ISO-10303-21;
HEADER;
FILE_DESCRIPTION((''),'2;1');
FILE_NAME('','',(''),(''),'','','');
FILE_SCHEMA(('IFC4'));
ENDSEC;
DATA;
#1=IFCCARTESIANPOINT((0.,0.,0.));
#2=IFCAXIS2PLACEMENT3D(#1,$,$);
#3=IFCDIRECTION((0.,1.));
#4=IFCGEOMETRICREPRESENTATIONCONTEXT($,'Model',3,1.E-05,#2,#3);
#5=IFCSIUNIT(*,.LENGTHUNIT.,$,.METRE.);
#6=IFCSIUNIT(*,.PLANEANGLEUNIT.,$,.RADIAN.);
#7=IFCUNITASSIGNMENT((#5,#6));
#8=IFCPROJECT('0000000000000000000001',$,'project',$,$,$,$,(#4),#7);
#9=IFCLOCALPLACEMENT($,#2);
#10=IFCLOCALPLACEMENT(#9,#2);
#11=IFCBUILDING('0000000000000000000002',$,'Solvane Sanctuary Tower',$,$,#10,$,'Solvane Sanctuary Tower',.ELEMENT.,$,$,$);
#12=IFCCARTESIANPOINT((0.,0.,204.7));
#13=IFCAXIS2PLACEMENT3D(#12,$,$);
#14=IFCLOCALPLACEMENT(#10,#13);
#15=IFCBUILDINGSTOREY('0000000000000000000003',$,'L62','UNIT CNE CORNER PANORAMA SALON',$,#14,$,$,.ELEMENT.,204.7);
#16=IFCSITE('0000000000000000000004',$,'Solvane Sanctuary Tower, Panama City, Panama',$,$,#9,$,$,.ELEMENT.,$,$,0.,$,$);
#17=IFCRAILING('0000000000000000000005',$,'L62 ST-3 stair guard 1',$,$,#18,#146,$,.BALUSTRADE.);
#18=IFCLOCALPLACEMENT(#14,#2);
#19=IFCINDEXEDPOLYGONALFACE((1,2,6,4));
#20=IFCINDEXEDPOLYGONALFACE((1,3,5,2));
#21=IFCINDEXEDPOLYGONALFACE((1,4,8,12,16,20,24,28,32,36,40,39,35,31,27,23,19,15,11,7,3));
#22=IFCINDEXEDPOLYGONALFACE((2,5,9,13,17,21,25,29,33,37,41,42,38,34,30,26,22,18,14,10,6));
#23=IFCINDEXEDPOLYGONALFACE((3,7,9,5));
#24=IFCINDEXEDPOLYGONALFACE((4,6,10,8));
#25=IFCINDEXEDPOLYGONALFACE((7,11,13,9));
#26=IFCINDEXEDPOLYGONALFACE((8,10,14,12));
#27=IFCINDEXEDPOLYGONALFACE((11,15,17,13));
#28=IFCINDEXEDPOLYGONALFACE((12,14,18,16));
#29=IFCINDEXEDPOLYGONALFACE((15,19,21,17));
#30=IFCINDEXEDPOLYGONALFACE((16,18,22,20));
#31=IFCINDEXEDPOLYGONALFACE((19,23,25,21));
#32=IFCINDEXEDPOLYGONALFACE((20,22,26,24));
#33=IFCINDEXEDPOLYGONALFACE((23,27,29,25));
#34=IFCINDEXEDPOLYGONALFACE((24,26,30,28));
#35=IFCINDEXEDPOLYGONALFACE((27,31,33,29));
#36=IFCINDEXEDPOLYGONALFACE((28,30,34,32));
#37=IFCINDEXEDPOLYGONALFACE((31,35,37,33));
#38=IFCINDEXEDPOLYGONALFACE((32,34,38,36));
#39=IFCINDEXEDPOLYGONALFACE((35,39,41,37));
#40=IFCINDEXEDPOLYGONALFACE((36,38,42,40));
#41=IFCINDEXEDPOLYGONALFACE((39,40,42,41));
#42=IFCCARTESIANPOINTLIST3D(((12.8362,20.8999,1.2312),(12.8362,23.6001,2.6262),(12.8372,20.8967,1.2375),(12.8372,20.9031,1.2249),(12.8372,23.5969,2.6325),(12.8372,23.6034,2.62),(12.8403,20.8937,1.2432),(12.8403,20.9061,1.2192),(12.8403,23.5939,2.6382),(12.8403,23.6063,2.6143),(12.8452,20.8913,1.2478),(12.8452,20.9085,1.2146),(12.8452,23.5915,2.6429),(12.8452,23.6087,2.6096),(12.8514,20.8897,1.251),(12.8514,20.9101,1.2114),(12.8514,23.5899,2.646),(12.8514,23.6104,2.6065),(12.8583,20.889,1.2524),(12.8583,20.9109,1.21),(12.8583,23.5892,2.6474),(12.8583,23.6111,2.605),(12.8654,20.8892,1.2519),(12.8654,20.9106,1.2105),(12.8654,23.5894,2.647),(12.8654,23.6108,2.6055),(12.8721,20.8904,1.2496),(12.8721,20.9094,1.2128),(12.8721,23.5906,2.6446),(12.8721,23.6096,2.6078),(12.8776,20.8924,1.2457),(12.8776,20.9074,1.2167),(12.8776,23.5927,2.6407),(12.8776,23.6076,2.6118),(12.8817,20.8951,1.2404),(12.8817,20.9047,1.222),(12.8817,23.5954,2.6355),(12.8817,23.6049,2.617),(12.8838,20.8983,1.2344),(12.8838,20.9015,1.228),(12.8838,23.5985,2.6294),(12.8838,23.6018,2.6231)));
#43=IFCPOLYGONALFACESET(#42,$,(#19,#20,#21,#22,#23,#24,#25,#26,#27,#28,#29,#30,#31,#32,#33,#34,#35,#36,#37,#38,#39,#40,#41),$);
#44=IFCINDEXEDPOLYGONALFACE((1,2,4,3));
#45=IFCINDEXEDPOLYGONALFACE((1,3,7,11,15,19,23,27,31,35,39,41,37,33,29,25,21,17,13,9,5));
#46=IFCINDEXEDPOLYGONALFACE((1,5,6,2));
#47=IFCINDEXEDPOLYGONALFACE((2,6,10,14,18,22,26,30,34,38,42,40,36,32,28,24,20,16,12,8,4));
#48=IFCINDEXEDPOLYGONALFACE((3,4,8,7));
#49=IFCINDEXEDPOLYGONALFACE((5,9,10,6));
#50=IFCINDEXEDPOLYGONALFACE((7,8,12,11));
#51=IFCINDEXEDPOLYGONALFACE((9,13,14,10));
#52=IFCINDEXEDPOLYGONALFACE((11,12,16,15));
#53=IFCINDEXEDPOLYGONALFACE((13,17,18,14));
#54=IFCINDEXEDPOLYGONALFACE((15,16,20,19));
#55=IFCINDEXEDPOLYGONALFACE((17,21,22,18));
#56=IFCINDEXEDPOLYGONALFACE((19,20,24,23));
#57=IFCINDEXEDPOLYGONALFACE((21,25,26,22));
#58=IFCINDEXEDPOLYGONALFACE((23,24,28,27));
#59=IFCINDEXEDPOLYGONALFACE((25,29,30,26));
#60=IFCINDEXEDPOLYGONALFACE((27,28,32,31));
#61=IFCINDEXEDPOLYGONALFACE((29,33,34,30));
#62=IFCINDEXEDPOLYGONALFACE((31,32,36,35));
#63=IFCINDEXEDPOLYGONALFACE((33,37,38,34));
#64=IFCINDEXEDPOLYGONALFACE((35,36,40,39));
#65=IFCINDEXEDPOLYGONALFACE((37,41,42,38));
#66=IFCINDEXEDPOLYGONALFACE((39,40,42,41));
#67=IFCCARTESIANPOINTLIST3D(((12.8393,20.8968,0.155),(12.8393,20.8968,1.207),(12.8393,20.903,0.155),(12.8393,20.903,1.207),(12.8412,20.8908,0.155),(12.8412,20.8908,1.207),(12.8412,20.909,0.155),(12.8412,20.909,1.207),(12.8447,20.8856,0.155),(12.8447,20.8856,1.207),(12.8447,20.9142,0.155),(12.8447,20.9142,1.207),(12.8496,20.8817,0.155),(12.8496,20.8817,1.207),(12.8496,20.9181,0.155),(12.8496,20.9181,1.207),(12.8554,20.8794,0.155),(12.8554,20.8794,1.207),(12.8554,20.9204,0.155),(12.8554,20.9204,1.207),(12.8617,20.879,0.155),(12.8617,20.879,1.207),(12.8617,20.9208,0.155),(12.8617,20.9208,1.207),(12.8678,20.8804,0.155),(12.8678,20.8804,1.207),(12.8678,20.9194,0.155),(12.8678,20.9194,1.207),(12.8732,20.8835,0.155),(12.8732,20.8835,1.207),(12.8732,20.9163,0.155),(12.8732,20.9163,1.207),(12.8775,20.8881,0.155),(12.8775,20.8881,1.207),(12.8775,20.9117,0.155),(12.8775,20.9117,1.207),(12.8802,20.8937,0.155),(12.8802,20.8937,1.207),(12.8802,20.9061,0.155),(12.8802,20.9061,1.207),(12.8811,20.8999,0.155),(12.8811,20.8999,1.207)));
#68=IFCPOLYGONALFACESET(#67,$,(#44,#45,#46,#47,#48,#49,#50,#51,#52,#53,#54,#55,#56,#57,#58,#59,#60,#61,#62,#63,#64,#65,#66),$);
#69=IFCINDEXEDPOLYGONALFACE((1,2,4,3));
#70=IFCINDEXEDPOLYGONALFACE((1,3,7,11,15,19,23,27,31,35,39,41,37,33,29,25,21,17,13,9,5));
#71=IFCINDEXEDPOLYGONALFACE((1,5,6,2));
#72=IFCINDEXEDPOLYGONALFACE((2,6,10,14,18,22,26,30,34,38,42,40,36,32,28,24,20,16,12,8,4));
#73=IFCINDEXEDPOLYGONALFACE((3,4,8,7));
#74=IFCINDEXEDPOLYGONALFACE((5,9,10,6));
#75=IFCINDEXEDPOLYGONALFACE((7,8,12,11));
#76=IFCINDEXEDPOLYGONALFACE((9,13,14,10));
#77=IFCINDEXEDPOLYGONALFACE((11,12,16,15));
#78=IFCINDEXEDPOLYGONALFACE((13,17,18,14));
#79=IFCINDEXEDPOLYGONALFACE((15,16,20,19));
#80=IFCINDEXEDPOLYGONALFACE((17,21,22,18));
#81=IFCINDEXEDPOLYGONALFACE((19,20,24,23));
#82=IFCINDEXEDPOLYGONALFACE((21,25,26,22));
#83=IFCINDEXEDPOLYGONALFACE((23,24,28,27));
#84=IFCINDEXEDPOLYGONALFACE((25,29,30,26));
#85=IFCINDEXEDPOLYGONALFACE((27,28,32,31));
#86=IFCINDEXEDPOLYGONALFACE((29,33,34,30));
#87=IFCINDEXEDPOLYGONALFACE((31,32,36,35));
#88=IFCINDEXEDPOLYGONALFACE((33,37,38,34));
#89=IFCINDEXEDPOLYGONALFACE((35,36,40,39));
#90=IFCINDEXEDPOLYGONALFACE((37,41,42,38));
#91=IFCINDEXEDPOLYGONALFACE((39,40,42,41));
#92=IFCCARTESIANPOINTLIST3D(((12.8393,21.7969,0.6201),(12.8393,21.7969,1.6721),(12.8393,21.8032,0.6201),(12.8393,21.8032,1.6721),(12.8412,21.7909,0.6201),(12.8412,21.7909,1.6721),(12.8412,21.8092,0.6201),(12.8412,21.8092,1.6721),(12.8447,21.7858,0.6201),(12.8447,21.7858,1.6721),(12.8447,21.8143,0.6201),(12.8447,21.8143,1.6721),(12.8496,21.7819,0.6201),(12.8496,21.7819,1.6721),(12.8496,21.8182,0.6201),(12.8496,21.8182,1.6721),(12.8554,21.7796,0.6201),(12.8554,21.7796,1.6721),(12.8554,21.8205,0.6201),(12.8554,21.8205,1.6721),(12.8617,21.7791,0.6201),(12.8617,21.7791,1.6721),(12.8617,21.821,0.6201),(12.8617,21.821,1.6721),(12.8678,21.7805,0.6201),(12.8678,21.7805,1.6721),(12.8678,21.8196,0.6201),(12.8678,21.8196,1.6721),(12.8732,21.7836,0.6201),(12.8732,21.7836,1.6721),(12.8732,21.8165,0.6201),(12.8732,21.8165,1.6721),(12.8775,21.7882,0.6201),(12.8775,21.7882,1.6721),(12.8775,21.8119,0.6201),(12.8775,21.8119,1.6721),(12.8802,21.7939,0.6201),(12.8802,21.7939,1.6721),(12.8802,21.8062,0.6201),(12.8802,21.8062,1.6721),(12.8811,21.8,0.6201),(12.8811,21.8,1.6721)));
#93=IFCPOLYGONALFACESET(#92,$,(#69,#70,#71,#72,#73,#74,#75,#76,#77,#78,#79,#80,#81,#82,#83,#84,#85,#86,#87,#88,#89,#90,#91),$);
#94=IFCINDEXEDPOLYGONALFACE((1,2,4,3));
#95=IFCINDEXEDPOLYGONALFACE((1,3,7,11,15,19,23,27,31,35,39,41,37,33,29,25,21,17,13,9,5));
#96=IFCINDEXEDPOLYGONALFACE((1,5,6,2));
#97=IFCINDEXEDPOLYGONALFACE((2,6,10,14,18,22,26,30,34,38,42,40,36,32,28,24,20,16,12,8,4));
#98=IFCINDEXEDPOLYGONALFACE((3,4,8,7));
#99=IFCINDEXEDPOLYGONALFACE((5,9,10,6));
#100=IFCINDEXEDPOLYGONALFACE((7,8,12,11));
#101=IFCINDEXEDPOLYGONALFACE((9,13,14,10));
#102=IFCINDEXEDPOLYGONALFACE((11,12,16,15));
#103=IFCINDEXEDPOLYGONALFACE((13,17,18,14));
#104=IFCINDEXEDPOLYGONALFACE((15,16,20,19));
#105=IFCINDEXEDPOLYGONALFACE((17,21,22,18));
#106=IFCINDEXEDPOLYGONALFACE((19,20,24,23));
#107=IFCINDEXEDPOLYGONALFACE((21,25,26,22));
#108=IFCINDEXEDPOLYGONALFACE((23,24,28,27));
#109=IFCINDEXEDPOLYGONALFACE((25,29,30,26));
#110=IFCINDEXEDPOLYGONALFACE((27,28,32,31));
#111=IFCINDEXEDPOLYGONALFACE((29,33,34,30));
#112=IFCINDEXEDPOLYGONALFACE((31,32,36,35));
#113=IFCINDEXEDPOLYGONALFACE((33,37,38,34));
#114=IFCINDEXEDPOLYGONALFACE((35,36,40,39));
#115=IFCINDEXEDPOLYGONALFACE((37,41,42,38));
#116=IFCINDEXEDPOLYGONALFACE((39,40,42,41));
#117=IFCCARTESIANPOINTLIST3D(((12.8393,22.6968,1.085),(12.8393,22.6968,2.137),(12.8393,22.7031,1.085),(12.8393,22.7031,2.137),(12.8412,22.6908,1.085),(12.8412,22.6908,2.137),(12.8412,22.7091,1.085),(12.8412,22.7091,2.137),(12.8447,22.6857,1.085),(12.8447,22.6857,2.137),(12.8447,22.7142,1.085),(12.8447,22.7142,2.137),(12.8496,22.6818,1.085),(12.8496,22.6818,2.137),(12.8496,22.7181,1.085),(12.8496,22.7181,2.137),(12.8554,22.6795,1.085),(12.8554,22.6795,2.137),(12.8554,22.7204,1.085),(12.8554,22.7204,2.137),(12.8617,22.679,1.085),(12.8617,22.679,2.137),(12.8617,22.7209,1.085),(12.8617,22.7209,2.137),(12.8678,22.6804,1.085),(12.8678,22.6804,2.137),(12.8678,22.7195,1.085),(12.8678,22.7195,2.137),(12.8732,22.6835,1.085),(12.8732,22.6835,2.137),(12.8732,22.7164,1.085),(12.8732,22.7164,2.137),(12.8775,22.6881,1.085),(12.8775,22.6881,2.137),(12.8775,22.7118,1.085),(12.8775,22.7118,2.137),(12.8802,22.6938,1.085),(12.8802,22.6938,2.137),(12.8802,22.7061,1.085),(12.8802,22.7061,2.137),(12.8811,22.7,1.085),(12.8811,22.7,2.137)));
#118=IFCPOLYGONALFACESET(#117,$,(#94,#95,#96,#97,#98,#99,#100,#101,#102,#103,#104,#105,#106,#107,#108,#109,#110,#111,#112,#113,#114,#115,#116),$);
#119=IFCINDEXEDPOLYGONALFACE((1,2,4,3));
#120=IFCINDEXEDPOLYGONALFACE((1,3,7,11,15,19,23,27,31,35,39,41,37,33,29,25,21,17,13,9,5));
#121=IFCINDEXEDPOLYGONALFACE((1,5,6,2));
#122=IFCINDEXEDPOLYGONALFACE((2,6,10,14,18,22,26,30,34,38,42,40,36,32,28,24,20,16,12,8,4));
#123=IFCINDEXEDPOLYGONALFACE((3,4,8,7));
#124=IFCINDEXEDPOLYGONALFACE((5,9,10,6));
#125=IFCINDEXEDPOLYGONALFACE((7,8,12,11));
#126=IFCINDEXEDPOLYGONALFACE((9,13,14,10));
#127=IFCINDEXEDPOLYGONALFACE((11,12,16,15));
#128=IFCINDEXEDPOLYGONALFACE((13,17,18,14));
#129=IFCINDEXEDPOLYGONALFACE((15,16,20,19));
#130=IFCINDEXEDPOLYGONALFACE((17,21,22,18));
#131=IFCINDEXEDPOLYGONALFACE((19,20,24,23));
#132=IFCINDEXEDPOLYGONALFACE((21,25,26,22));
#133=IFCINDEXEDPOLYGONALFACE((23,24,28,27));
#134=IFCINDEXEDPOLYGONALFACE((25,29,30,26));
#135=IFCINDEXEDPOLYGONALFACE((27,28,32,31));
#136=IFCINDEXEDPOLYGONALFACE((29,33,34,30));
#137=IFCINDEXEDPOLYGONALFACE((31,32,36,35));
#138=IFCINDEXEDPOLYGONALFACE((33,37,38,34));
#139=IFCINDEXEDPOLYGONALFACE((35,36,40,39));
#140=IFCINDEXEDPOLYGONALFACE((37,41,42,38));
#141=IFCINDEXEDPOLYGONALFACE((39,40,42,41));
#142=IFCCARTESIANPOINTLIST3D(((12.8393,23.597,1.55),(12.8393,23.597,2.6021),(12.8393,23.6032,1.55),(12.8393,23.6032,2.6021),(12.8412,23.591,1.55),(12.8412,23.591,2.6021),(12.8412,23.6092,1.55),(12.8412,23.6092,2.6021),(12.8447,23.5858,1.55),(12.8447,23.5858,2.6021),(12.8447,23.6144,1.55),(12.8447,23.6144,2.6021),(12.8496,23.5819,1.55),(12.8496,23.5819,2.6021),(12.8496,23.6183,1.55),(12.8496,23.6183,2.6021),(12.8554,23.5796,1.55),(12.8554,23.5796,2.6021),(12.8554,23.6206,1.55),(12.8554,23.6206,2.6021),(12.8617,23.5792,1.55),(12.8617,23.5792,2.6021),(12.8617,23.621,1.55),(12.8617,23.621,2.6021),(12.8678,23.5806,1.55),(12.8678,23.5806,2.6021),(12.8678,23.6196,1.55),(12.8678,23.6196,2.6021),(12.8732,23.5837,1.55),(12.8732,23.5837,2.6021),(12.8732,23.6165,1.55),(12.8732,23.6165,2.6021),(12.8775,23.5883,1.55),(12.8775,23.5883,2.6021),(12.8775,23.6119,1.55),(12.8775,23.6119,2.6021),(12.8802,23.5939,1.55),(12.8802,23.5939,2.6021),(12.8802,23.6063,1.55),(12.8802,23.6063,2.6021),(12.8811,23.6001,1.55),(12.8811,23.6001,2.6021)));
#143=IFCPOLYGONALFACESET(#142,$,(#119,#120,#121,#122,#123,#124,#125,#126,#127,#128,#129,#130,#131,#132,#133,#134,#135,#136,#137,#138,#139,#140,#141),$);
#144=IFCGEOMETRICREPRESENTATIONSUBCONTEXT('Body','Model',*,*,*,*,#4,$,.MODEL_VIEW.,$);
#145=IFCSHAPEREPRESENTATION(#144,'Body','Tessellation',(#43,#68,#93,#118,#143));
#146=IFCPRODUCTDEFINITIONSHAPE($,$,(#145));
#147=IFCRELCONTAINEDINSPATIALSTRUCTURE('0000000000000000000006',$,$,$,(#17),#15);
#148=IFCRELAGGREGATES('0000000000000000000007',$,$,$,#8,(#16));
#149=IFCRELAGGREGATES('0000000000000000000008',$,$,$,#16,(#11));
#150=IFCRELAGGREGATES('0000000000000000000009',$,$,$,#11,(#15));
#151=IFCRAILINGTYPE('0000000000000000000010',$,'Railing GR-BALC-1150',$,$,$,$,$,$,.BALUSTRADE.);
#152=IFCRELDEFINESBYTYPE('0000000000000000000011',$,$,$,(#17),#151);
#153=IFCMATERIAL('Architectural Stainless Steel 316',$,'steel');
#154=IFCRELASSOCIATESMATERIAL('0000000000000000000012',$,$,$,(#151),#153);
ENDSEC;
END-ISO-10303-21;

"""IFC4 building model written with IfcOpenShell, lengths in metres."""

from ifc_helpers import new_model, si_unit, direction, frame, origin, origin_2d, place, context, subcontext, project, spatial, circle, extrude, material, type_object, element, save


model = new_model("IFC4")

# Units and contexts
model_context = context("Model", 3, precision=1e-05, world=origin(), true_north=direction((0.0, 1.0)))
body_context = subcontext(model_context, "Body", "Model", "MODEL_VIEW")
ifc_project = project(units=[si_unit("LENGTHUNIT", "METRE"), si_unit("PLANEANGLEUNIT", "RADIAN")], contexts=[model_context])

# Site, building, storey
site_placement = place(None, origin())
site = spatial("IfcSite", under=ifc_project, at=site_placement, Name="Solvane Sanctuary Tower, Panama City, Panama", CompositionType="ELEMENT", RefElevation=0.0)
building_placement = place(site_placement, origin())
building = spatial("IfcBuilding", under=site, at=building_placement, Name="Solvane Sanctuary Tower", LongName="Solvane Sanctuary Tower", CompositionType="ELEMENT")
storey_placement = place(building_placement, frame((0.0, 0.0, 204.7)))
storey = spatial("IfcBuildingStorey", under=building, at=storey_placement, Name="L62", Description="UNIT CNE CORNER PANORAMA SALON", CompositionType="ELEMENT", Elevation=204.7)

# Railing
ifc_material_1 = material(Name="Architectural Stainless Steel 316", Category="steel")
railing_type_1 = type_object("IfcRailingType", Name="Railing GR-BALC-1150", PredefinedType="BALUSTRADE", material=ifc_material_1)
railing_1_placement = place(storey_placement, frame((12.8601, 20.8999, 0.155)))
element("IfcRailing", 1, at=railing_1_placement, inside=storey, type_object=railing_type_1, Name="L62 ST-3 stair guard 1", PredefinedType="BALUSTRADE", context=body_context, shape_type="SweptSolid", body=[
    extrude(circle(Radius=0.0239, at=origin_2d()), frame((0.0, 0.0, 1.0762), z_axis=(0.0, 0.888437, 0.458999), x_axis=(-1.0, 0.0, 0.0)), (0.0, 0.0, 1.0), 3.0393),
    extrude(circle(Radius=0.021, at=origin_2d()), origin(), (0.0, 0.0, 1.0), 1.052),
    extrude(circle(Radius=0.021, at=origin_2d()), frame((0.0, 0.9001, 0.4651)), (0.0, 0.0, 1.0), 1.052),
    extrude(circle(Radius=0.021, at=origin_2d()), frame((0.0, 1.8, 0.9299)), (0.0, 0.0, 1.0), 1.052),
    extrude(circle(Radius=0.021, at=origin_2d()), frame((0.0, 2.7002, 1.395)), (0.0, 0.0, 1.0), 1.052),
])

save(model, "model.ifc")
